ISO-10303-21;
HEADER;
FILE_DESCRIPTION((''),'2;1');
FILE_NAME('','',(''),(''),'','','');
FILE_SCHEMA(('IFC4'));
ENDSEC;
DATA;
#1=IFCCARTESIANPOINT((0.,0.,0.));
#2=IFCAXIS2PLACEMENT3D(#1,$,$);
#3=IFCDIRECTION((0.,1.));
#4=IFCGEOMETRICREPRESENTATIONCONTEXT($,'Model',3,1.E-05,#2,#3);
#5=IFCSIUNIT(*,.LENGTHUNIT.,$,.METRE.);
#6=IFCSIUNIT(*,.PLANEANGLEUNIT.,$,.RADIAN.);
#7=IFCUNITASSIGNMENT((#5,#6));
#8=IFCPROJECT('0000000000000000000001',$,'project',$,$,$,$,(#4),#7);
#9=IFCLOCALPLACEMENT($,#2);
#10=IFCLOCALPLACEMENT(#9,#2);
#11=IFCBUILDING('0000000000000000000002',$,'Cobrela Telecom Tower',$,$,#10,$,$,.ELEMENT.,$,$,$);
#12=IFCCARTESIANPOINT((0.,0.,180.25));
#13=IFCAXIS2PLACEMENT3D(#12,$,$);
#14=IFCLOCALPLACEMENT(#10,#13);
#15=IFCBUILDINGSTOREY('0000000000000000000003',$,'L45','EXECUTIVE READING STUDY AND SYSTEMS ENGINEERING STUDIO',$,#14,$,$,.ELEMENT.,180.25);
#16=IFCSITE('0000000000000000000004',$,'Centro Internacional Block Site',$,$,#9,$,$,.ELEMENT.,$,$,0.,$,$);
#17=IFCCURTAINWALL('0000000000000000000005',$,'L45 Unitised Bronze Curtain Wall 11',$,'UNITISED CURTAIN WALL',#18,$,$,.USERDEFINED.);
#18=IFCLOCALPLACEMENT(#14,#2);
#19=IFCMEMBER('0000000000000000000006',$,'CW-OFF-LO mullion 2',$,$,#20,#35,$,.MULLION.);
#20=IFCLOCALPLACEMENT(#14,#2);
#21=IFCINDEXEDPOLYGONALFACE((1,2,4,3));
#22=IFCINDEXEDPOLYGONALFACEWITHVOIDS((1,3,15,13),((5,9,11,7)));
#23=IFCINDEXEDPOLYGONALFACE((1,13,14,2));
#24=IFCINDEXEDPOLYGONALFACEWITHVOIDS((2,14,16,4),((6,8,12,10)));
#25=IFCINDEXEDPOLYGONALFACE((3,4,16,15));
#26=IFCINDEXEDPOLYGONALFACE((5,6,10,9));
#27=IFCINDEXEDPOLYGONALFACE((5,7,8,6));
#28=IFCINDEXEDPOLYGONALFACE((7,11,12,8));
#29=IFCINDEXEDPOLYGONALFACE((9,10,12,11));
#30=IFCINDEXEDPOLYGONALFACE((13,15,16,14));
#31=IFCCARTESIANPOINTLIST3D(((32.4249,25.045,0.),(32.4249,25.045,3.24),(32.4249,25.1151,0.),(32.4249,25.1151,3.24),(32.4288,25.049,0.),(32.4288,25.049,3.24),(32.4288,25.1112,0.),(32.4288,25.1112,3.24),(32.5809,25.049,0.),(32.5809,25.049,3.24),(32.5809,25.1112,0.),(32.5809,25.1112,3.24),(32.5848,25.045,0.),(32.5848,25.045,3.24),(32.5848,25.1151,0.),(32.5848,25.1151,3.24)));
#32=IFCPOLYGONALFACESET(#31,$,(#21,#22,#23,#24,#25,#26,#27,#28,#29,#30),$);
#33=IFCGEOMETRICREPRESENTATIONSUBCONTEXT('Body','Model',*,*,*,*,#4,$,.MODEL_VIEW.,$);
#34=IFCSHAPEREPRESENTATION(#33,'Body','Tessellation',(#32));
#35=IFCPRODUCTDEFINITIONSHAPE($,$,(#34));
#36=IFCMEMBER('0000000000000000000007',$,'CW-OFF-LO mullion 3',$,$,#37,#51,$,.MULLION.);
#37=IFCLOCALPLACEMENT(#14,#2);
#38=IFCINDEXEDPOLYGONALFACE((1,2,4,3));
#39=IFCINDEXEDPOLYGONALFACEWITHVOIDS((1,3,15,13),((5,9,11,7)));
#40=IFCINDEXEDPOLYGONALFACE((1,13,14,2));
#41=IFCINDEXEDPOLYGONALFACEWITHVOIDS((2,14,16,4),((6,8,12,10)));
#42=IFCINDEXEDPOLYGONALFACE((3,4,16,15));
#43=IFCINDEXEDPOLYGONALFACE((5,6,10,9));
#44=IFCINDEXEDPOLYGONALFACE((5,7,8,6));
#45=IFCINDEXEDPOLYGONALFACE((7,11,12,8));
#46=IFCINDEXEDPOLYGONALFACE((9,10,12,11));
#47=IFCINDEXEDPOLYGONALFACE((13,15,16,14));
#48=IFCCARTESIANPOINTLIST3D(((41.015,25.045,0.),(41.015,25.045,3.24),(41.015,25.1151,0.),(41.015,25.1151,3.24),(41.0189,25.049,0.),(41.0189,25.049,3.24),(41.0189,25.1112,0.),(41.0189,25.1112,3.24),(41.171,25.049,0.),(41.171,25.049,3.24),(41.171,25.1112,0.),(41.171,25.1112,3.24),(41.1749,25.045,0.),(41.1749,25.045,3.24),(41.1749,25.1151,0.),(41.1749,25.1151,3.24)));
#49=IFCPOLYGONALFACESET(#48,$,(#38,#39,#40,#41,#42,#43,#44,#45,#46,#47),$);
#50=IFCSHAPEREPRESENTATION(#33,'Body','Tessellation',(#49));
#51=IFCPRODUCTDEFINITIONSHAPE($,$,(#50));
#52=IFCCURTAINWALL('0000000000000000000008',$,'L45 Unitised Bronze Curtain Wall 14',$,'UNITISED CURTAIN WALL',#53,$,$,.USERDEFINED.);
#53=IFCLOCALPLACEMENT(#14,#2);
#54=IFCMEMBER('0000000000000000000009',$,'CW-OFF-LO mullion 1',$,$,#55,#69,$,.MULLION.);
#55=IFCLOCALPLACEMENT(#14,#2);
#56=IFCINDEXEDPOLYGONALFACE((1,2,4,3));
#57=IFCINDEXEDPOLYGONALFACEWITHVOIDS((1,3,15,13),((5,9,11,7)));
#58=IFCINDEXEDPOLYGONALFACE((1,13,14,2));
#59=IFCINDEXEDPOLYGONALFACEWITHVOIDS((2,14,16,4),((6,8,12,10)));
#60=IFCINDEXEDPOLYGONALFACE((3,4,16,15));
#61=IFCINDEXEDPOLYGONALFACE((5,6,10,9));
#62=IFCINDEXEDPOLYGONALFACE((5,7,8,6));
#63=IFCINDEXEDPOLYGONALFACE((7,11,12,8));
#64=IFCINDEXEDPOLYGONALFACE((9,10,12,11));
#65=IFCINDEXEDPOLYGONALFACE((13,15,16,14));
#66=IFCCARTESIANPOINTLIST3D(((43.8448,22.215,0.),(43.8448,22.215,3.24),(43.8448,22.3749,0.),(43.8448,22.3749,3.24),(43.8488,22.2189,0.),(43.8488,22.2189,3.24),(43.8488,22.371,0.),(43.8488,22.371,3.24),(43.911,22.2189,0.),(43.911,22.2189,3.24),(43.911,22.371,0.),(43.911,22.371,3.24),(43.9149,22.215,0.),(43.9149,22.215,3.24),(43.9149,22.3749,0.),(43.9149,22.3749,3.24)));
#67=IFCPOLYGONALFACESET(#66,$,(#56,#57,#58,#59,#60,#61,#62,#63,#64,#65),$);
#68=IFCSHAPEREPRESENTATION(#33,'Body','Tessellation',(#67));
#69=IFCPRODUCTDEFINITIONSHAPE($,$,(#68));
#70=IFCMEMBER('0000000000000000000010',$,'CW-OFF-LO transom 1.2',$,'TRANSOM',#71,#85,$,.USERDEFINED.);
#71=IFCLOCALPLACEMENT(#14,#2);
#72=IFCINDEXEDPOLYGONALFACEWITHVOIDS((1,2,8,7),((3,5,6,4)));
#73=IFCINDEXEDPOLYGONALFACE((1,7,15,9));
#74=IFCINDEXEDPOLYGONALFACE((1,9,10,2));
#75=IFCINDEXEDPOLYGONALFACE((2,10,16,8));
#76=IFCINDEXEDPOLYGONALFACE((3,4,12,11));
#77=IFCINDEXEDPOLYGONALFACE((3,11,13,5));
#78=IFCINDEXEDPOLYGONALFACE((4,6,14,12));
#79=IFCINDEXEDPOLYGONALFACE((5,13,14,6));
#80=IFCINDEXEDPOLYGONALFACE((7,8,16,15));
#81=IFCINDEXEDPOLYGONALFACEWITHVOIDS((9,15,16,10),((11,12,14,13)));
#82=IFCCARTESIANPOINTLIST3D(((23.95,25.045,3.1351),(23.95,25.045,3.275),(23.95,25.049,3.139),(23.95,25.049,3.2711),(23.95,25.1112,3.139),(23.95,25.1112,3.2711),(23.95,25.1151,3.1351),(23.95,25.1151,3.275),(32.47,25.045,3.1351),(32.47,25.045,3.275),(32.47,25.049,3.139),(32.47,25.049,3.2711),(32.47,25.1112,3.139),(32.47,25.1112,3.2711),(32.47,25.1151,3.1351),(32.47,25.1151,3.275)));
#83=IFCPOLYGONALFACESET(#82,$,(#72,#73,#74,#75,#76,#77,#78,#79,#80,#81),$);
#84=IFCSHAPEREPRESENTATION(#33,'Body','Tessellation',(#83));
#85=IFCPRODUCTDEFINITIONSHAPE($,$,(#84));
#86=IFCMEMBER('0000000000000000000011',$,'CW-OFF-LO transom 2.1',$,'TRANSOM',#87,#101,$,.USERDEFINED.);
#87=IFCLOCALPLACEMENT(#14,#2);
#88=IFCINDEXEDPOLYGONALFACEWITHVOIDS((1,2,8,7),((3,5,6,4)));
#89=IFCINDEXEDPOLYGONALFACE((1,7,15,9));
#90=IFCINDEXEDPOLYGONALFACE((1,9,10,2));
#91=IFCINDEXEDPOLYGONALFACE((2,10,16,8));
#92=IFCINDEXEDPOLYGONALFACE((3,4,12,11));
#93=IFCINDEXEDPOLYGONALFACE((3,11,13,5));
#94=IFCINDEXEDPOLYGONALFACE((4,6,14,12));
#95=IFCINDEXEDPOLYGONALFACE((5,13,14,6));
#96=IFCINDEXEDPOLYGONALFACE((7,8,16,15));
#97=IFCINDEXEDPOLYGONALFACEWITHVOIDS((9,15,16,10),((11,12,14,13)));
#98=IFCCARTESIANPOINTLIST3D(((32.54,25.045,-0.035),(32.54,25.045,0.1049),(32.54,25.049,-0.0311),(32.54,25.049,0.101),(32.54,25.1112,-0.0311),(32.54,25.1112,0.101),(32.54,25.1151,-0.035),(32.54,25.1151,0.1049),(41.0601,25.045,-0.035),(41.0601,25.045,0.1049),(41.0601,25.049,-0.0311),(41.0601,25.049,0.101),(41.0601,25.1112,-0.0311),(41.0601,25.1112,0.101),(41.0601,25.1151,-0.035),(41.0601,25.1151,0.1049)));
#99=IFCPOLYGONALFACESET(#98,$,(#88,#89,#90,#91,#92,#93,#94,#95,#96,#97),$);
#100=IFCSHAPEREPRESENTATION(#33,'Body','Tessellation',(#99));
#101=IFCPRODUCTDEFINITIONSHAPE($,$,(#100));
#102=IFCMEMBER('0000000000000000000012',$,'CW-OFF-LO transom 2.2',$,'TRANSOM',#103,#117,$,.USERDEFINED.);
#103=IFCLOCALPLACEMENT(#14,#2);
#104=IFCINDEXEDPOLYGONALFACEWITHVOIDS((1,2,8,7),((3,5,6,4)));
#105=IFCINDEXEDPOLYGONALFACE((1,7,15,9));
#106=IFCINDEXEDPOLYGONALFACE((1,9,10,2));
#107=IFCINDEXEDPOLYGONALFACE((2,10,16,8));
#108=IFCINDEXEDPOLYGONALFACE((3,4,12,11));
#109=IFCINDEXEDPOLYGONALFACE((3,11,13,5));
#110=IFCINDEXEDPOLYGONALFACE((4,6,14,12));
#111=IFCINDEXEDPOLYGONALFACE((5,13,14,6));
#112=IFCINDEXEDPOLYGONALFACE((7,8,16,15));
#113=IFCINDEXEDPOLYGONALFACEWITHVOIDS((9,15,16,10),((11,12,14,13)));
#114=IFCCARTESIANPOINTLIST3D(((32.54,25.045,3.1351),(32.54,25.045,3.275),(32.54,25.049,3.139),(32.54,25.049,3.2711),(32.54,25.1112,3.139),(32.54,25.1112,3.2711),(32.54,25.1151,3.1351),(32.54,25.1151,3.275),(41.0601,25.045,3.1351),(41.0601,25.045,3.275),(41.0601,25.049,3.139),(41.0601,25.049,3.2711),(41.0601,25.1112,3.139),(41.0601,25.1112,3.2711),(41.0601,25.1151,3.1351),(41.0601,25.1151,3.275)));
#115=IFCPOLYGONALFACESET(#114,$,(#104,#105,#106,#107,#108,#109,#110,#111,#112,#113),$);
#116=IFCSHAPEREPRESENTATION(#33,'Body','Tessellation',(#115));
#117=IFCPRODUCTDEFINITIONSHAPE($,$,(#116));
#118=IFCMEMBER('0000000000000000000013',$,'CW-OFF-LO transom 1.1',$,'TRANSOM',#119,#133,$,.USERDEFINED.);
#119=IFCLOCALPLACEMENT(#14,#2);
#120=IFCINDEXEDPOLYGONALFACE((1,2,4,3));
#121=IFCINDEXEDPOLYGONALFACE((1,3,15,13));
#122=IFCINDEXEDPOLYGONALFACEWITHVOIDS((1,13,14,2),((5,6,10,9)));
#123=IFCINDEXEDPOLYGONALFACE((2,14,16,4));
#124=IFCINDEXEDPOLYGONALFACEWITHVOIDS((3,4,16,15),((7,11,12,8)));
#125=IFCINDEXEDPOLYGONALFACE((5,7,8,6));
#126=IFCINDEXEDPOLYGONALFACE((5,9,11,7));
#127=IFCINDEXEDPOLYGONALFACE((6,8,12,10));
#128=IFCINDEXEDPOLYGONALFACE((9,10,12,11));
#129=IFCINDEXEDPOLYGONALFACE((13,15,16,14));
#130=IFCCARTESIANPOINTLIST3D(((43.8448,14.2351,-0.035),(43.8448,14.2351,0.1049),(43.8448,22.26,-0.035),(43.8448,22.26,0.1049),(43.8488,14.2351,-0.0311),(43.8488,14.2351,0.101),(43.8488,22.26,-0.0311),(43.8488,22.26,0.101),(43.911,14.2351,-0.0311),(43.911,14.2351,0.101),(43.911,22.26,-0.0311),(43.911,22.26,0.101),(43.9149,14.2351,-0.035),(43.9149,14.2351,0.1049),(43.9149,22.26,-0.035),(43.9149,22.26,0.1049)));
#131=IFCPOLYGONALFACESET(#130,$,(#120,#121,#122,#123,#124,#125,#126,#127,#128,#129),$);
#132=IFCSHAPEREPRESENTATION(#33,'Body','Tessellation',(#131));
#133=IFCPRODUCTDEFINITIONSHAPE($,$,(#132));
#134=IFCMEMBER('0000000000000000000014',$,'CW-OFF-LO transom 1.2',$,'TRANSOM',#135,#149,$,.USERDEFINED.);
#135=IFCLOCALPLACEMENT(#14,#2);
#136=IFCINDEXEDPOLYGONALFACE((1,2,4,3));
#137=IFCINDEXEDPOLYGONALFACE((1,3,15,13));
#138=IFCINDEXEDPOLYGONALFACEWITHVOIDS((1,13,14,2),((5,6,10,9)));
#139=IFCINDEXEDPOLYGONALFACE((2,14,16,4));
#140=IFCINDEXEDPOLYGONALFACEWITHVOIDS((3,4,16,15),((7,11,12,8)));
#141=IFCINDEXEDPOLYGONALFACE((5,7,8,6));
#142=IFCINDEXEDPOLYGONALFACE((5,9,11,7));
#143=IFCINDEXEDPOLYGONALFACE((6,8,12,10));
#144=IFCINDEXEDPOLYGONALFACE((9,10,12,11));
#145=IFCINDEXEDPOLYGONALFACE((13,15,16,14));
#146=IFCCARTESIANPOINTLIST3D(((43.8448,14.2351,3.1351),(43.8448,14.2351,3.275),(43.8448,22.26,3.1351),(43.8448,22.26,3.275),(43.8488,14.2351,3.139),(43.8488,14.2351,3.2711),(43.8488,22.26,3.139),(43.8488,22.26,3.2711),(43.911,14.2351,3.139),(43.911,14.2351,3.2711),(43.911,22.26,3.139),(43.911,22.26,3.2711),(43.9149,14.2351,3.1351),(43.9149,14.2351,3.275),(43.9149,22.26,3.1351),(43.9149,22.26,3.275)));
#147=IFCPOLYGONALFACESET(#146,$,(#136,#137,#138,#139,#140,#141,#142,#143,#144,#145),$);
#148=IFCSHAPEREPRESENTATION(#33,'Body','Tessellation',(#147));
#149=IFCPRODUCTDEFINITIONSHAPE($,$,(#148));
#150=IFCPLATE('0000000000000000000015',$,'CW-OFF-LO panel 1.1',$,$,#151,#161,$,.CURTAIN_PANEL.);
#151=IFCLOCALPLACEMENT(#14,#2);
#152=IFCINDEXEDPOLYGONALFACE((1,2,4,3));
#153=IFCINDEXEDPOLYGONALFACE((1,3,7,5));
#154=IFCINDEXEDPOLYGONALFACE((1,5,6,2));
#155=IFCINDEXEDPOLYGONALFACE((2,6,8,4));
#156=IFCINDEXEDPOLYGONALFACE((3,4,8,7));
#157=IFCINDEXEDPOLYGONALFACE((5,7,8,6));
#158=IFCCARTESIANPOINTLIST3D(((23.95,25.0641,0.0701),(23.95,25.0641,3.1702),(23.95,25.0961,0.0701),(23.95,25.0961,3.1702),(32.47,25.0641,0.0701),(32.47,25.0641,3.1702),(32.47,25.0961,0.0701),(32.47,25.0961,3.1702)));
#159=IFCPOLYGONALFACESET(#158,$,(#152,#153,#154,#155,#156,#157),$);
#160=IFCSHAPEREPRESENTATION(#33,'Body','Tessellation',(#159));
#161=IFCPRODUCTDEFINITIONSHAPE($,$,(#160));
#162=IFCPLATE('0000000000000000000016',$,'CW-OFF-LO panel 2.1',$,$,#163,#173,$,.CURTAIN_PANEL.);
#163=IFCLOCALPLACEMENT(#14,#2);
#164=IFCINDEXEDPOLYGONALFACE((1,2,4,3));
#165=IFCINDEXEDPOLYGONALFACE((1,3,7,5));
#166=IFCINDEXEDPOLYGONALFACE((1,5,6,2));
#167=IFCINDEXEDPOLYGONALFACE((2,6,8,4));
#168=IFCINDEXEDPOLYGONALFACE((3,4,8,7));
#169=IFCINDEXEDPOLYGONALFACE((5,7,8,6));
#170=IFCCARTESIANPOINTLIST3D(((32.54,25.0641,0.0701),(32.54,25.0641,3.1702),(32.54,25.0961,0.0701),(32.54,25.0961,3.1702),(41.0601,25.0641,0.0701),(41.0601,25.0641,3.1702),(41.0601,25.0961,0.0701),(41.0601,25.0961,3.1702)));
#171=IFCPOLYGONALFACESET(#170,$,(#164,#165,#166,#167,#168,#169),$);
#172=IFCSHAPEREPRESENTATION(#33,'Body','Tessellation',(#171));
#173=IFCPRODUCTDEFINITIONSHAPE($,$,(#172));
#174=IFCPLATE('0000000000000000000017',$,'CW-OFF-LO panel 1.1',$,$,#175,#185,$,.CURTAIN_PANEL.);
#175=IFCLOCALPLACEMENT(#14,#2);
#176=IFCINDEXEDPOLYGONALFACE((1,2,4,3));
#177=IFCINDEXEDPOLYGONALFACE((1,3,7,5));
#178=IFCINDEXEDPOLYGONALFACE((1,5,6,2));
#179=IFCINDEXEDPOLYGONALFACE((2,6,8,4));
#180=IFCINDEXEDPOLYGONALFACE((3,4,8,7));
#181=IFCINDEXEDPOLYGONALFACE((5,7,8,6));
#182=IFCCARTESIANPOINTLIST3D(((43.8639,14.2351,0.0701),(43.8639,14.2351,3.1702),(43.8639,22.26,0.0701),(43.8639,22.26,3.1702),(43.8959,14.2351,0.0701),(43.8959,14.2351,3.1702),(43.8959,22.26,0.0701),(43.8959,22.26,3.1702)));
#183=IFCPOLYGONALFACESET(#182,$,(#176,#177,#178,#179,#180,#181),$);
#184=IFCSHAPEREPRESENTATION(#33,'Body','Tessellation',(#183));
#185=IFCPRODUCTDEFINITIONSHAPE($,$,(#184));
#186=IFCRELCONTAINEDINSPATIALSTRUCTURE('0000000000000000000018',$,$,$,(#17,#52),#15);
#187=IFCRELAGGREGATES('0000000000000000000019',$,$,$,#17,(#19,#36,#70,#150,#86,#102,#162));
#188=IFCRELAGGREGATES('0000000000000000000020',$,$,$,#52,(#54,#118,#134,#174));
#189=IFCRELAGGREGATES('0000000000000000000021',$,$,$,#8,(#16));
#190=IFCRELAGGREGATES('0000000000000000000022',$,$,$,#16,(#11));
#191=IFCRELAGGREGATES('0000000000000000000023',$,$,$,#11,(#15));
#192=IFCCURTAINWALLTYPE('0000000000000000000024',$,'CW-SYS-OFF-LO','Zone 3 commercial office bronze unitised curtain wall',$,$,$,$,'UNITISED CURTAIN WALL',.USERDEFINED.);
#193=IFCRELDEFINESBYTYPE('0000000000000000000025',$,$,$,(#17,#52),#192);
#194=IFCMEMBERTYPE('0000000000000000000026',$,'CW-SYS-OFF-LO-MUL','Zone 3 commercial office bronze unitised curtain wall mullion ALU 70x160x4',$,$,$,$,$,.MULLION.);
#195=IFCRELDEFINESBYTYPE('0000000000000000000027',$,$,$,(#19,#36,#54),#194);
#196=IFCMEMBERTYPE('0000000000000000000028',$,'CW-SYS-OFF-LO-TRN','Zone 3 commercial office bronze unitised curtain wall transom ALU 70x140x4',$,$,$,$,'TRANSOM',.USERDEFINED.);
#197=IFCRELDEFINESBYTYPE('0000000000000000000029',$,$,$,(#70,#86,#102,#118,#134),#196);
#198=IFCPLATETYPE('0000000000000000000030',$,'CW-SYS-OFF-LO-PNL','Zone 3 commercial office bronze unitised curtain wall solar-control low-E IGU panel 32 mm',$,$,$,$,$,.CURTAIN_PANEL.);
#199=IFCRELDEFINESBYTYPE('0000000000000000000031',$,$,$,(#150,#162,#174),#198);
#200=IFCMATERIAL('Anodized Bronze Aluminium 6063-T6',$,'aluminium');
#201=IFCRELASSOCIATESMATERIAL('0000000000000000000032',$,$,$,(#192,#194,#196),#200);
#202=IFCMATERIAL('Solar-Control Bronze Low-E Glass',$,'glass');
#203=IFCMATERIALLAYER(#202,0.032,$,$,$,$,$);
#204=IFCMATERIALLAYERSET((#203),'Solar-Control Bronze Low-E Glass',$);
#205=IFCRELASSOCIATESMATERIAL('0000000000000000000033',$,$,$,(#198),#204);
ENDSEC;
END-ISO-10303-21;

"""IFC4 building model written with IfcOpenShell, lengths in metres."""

from ifc_helpers import new_model, si_unit, direction, frame, origin, origin_2d, place, context, subcontext, project, spatial, rectangle, hollow_rectangle, extrude, material, layer, layer_set, material_profile, profile_set, type_object, element, aggregate, save


model = new_model("IFC4")

# Units and contexts
model_context = context("Model", 3, precision=1e-05, world=origin(), true_north=direction((0.0, 1.0)))
body_context = subcontext(model_context, "Body", "Model", "MODEL_VIEW")
ifc_project = project(units=[si_unit("LENGTHUNIT", "METRE"), si_unit("PLANEANGLEUNIT", "RADIAN")], contexts=[model_context])

# Site, building, storey
site_placement = place(None, origin())
site = spatial("IfcSite", under=ifc_project, at=site_placement, Name="Centro Internacional Block Site", CompositionType="ELEMENT", RefElevation=0.0)
building_placement = place(site_placement, origin())
building = spatial("IfcBuilding", under=site, at=building_placement, Name="Cobrela Telecom Tower", CompositionType="ELEMENT")
storey_placement = place(building_placement, frame((0.0, 0.0, 180.25)))
storey = spatial("IfcBuildingStorey", under=building, at=storey_placement, Name="L45", Description="EXECUTIVE READING STUDY AND SYSTEMS ENGINEERING STUDIO", CompositionType="ELEMENT", Elevation=180.25)

# Curtain wall, members
ifc_material_1 = material(Name="Anodized Bronze Aluminium 6063-T6", Category="aluminium")
curtain_wall_type = type_object("IfcCurtainWallType", Name="CW-SYS-OFF-LO", Description="Zone 3 commercial office bronze unitised curtain wall", ElementType="UNITISED CURTAIN WALL", PredefinedType="USERDEFINED", material=ifc_material_1)
curtain_wall_1_placement = place(storey_placement, origin())
curtain_wall_1 = element("IfcCurtainWall", 1, at=curtain_wall_1_placement, inside=storey, type_object=curtain_wall_type, Name="L45 Unitised Bronze Curtain Wall 11", ObjectType="UNITISED CURTAIN WALL", PredefinedType="USERDEFINED")
ifc_material_profile_1 = material_profile(ifc_material_1, hollow_rectangle(XDim=0.0701, YDim=0.1599, WallThickness=0.0039, at=origin_2d()), Name="ALU 70x160x4")
ifc_profile_set_1 = profile_set([ifc_material_profile_1], Name="Anodized Bronze Aluminium 6063-T6")
member_type_1 = type_object("IfcMemberType", Name="CW-SYS-OFF-LO-MUL", Description="Zone 3 commercial office bronze unitised curtain wall mullion ALU 70x160x4", PredefinedType="MULLION", material=ifc_profile_set_1)
member_1_placement = place(storey_placement, frame((32.5049, 25.0801, 0.0), z_axis=(0.0, 0.0, 1.0), x_axis=(0.0, 1.0, 0.0)))
member_1 = element("IfcMember", 2, at=member_1_placement, type_object=member_type_1, Name="CW-OFF-LO mullion 2", PredefinedType="MULLION", context=body_context, shape_type="SweptSolid", body=[
    extrude(hollow_rectangle(XDim=0.0701, YDim=0.1599, WallThickness=0.0039, at=origin_2d()), origin(), (0.0, 0.0, 1.0), 3.24),
])
member_2_placement = place(storey_placement, frame((41.095, 25.0801, 0.0), z_axis=(0.0, 0.0, 1.0), x_axis=(0.0, 1.0, 0.0)))
member_2 = element("IfcMember", 3, at=member_2_placement, type_object=member_type_1, Name="CW-OFF-LO mullion 3", PredefinedType="MULLION", context=body_context, shape_type="SweptSolid", body=[
    extrude(hollow_rectangle(XDim=0.0701, YDim=0.1599, WallThickness=0.0039, at=origin_2d()), origin(), (0.0, 0.0, 1.0), 3.24),
])

# Curtain wall, member
curtain_wall_2_placement = place(storey_placement, origin())
curtain_wall_2 = element("IfcCurtainWall", 4, at=curtain_wall_2_placement, inside=storey, type_object=curtain_wall_type, Name="L45 Unitised Bronze Curtain Wall 14", ObjectType="UNITISED CURTAIN WALL", PredefinedType="USERDEFINED")
member_3_placement = place(storey_placement, frame((43.8799, 22.2949, 0.0), z_axis=(0.0, 0.0, 1.0), x_axis=(1.0, 0.0, 0.0)))
member_3 = element("IfcMember", 5, at=member_3_placement, type_object=member_type_1, Name="CW-OFF-LO mullion 1", PredefinedType="MULLION", context=body_context, shape_type="SweptSolid", body=[
    extrude(hollow_rectangle(XDim=0.0701, YDim=0.1599, WallThickness=0.0039, at=origin_2d()), origin(), (0.0, 0.0, 1.0), 3.24),
])

# Members
ifc_material_profile_2 = material_profile(ifc_material_1, hollow_rectangle(XDim=0.0701, YDim=0.1399, WallThickness=0.0039, at=origin_2d()), Name="ALU 70x140x4")
ifc_profile_set_2 = profile_set([ifc_material_profile_2], Name="Anodized Bronze Aluminium 6063-T6")
member_type_2 = type_object("IfcMemberType", Name="CW-SYS-OFF-LO-TRN", Description="Zone 3 commercial office bronze unitised curtain wall transom ALU 70x140x4", ElementType="TRANSOM", PredefinedType="USERDEFINED", material=ifc_profile_set_2)
member_4_placement = place(storey_placement, frame((23.95, 25.0801, 3.2051), z_axis=(1.0, 0.0, 0.0), x_axis=(0.0, 1.0, 0.0)))
member_4 = element("IfcMember", 6, at=member_4_placement, type_object=member_type_2, Name="CW-OFF-LO transom 1.2", ObjectType="TRANSOM", PredefinedType="USERDEFINED", context=body_context, shape_type="SweptSolid", body=[
    extrude(hollow_rectangle(XDim=0.0701, YDim=0.1399, WallThickness=0.0039, at=origin_2d()), origin(), (0.0, 0.0, 1.0), 8.52),
])
member_5_placement = place(storey_placement, frame((32.54, 25.0801, 0.0349), z_axis=(1.0, 0.0, 0.0), x_axis=(0.0, 1.0, 0.0)))
member_5 = element("IfcMember", 7, at=member_5_placement, type_object=member_type_2, Name="CW-OFF-LO transom 2.1", ObjectType="TRANSOM", PredefinedType="USERDEFINED", context=body_context, shape_type="SweptSolid", body=[
    extrude(hollow_rectangle(XDim=0.0701, YDim=0.1399, WallThickness=0.0039, at=origin_2d()), origin(), (0.0, 0.0, 1.0), 8.52),
])
member_6_placement = place(storey_placement, frame((32.54, 25.0801, 3.2051), z_axis=(1.0, 0.0, 0.0), x_axis=(0.0, 1.0, 0.0)))
member_6 = element("IfcMember", 8, at=member_6_placement, type_object=member_type_2, Name="CW-OFF-LO transom 2.2", ObjectType="TRANSOM", PredefinedType="USERDEFINED", context=body_context, shape_type="SweptSolid", body=[
    extrude(hollow_rectangle(XDim=0.0701, YDim=0.1399, WallThickness=0.0039, at=origin_2d()), origin(), (0.0, 0.0, 1.0), 8.52),
])
member_7_placement = place(storey_placement, frame((43.8799, 22.26, 0.0349), z_axis=(0.0, -1.0, 0.0), x_axis=(1.0, 0.0, 0.0)))
member_7 = element("IfcMember", 9, at=member_7_placement, type_object=member_type_2, Name="CW-OFF-LO transom 1.1", ObjectType="TRANSOM", PredefinedType="USERDEFINED", context=body_context, shape_type="SweptSolid", body=[
    extrude(hollow_rectangle(XDim=0.0701, YDim=0.1399, WallThickness=0.0039, at=origin_2d()), origin(), (0.0, 0.0, 1.0), 8.0249),
])
member_8_placement = place(storey_placement, frame((43.8799, 22.26, 3.2051), z_axis=(0.0, -1.0, 0.0), x_axis=(1.0, 0.0, 0.0)))
member_8 = element("IfcMember", 10, at=member_8_placement, type_object=member_type_2, Name="CW-OFF-LO transom 1.2", ObjectType="TRANSOM", PredefinedType="USERDEFINED", context=body_context, shape_type="SweptSolid", body=[
    extrude(hollow_rectangle(XDim=0.0701, YDim=0.1399, WallThickness=0.0039, at=origin_2d()), origin(), (0.0, 0.0, 1.0), 8.0249),
])

# Plates
ifc_material_2 = material(Name="Solar-Control Bronze Low-E Glass", Category="glass")
ifc_layer_1 = layer(ifc_material_2, 0.032)
ifc_layer_set_1 = layer_set([ifc_layer_1], Name="Solar-Control Bronze Low-E Glass")
plate_type = type_object("IfcPlateType", Name="CW-SYS-OFF-LO-PNL", Description="Zone 3 commercial office bronze unitised curtain wall solar-control low-E IGU panel 32 mm", PredefinedType="CURTAIN_PANEL", material=ifc_layer_set_1)
plate_1_placement = place(storey_placement, frame((28.21, 25.0801, 0.0701), z_axis=(0.0, 0.0, 1.0), x_axis=(1.0, 0.0, 0.0)))
plate_1 = element("IfcPlate", 11, at=plate_1_placement, type_object=plate_type, Name="CW-OFF-LO panel 1.1", PredefinedType="CURTAIN_PANEL", context=body_context, shape_type="SweptSolid", body=[
    extrude(rectangle(XDim=8.52, YDim=0.032, at=origin_2d()), origin(), (0.0, 0.0, 1.0), 3.1001),
])
plate_2_placement = place(storey_placement, frame((36.8, 25.0801, 0.0701), z_axis=(0.0, 0.0, 1.0), x_axis=(1.0, 0.0, 0.0)))
plate_2 = element("IfcPlate", 12, at=plate_2_placement, type_object=plate_type, Name="CW-OFF-LO panel 2.1", PredefinedType="CURTAIN_PANEL", context=body_context, shape_type="SweptSolid", body=[
    extrude(rectangle(XDim=8.52, YDim=0.032, at=origin_2d()), origin(), (0.0, 0.0, 1.0), 3.1001),
])
aggregate(curtain_wall_1, [member_1, member_2, member_4, plate_1, member_5, member_6, plate_2])
plate_3_placement = place(storey_placement, frame((43.8799, 18.2476, 0.0701), z_axis=(0.0, 0.0, 1.0), x_axis=(0.0, -1.0, 0.0)))
plate_3 = element("IfcPlate", 13, at=plate_3_placement, type_object=plate_type, Name="CW-OFF-LO panel 1.1", PredefinedType="CURTAIN_PANEL", context=body_context, shape_type="SweptSolid", body=[
    extrude(rectangle(XDim=8.0249, YDim=0.032, at=origin_2d()), origin(), (0.0, 0.0, 1.0), 3.1001),
])
aggregate(curtain_wall_2, [member_3, member_7, member_8, plate_3])

save(model, "model.ifc")
